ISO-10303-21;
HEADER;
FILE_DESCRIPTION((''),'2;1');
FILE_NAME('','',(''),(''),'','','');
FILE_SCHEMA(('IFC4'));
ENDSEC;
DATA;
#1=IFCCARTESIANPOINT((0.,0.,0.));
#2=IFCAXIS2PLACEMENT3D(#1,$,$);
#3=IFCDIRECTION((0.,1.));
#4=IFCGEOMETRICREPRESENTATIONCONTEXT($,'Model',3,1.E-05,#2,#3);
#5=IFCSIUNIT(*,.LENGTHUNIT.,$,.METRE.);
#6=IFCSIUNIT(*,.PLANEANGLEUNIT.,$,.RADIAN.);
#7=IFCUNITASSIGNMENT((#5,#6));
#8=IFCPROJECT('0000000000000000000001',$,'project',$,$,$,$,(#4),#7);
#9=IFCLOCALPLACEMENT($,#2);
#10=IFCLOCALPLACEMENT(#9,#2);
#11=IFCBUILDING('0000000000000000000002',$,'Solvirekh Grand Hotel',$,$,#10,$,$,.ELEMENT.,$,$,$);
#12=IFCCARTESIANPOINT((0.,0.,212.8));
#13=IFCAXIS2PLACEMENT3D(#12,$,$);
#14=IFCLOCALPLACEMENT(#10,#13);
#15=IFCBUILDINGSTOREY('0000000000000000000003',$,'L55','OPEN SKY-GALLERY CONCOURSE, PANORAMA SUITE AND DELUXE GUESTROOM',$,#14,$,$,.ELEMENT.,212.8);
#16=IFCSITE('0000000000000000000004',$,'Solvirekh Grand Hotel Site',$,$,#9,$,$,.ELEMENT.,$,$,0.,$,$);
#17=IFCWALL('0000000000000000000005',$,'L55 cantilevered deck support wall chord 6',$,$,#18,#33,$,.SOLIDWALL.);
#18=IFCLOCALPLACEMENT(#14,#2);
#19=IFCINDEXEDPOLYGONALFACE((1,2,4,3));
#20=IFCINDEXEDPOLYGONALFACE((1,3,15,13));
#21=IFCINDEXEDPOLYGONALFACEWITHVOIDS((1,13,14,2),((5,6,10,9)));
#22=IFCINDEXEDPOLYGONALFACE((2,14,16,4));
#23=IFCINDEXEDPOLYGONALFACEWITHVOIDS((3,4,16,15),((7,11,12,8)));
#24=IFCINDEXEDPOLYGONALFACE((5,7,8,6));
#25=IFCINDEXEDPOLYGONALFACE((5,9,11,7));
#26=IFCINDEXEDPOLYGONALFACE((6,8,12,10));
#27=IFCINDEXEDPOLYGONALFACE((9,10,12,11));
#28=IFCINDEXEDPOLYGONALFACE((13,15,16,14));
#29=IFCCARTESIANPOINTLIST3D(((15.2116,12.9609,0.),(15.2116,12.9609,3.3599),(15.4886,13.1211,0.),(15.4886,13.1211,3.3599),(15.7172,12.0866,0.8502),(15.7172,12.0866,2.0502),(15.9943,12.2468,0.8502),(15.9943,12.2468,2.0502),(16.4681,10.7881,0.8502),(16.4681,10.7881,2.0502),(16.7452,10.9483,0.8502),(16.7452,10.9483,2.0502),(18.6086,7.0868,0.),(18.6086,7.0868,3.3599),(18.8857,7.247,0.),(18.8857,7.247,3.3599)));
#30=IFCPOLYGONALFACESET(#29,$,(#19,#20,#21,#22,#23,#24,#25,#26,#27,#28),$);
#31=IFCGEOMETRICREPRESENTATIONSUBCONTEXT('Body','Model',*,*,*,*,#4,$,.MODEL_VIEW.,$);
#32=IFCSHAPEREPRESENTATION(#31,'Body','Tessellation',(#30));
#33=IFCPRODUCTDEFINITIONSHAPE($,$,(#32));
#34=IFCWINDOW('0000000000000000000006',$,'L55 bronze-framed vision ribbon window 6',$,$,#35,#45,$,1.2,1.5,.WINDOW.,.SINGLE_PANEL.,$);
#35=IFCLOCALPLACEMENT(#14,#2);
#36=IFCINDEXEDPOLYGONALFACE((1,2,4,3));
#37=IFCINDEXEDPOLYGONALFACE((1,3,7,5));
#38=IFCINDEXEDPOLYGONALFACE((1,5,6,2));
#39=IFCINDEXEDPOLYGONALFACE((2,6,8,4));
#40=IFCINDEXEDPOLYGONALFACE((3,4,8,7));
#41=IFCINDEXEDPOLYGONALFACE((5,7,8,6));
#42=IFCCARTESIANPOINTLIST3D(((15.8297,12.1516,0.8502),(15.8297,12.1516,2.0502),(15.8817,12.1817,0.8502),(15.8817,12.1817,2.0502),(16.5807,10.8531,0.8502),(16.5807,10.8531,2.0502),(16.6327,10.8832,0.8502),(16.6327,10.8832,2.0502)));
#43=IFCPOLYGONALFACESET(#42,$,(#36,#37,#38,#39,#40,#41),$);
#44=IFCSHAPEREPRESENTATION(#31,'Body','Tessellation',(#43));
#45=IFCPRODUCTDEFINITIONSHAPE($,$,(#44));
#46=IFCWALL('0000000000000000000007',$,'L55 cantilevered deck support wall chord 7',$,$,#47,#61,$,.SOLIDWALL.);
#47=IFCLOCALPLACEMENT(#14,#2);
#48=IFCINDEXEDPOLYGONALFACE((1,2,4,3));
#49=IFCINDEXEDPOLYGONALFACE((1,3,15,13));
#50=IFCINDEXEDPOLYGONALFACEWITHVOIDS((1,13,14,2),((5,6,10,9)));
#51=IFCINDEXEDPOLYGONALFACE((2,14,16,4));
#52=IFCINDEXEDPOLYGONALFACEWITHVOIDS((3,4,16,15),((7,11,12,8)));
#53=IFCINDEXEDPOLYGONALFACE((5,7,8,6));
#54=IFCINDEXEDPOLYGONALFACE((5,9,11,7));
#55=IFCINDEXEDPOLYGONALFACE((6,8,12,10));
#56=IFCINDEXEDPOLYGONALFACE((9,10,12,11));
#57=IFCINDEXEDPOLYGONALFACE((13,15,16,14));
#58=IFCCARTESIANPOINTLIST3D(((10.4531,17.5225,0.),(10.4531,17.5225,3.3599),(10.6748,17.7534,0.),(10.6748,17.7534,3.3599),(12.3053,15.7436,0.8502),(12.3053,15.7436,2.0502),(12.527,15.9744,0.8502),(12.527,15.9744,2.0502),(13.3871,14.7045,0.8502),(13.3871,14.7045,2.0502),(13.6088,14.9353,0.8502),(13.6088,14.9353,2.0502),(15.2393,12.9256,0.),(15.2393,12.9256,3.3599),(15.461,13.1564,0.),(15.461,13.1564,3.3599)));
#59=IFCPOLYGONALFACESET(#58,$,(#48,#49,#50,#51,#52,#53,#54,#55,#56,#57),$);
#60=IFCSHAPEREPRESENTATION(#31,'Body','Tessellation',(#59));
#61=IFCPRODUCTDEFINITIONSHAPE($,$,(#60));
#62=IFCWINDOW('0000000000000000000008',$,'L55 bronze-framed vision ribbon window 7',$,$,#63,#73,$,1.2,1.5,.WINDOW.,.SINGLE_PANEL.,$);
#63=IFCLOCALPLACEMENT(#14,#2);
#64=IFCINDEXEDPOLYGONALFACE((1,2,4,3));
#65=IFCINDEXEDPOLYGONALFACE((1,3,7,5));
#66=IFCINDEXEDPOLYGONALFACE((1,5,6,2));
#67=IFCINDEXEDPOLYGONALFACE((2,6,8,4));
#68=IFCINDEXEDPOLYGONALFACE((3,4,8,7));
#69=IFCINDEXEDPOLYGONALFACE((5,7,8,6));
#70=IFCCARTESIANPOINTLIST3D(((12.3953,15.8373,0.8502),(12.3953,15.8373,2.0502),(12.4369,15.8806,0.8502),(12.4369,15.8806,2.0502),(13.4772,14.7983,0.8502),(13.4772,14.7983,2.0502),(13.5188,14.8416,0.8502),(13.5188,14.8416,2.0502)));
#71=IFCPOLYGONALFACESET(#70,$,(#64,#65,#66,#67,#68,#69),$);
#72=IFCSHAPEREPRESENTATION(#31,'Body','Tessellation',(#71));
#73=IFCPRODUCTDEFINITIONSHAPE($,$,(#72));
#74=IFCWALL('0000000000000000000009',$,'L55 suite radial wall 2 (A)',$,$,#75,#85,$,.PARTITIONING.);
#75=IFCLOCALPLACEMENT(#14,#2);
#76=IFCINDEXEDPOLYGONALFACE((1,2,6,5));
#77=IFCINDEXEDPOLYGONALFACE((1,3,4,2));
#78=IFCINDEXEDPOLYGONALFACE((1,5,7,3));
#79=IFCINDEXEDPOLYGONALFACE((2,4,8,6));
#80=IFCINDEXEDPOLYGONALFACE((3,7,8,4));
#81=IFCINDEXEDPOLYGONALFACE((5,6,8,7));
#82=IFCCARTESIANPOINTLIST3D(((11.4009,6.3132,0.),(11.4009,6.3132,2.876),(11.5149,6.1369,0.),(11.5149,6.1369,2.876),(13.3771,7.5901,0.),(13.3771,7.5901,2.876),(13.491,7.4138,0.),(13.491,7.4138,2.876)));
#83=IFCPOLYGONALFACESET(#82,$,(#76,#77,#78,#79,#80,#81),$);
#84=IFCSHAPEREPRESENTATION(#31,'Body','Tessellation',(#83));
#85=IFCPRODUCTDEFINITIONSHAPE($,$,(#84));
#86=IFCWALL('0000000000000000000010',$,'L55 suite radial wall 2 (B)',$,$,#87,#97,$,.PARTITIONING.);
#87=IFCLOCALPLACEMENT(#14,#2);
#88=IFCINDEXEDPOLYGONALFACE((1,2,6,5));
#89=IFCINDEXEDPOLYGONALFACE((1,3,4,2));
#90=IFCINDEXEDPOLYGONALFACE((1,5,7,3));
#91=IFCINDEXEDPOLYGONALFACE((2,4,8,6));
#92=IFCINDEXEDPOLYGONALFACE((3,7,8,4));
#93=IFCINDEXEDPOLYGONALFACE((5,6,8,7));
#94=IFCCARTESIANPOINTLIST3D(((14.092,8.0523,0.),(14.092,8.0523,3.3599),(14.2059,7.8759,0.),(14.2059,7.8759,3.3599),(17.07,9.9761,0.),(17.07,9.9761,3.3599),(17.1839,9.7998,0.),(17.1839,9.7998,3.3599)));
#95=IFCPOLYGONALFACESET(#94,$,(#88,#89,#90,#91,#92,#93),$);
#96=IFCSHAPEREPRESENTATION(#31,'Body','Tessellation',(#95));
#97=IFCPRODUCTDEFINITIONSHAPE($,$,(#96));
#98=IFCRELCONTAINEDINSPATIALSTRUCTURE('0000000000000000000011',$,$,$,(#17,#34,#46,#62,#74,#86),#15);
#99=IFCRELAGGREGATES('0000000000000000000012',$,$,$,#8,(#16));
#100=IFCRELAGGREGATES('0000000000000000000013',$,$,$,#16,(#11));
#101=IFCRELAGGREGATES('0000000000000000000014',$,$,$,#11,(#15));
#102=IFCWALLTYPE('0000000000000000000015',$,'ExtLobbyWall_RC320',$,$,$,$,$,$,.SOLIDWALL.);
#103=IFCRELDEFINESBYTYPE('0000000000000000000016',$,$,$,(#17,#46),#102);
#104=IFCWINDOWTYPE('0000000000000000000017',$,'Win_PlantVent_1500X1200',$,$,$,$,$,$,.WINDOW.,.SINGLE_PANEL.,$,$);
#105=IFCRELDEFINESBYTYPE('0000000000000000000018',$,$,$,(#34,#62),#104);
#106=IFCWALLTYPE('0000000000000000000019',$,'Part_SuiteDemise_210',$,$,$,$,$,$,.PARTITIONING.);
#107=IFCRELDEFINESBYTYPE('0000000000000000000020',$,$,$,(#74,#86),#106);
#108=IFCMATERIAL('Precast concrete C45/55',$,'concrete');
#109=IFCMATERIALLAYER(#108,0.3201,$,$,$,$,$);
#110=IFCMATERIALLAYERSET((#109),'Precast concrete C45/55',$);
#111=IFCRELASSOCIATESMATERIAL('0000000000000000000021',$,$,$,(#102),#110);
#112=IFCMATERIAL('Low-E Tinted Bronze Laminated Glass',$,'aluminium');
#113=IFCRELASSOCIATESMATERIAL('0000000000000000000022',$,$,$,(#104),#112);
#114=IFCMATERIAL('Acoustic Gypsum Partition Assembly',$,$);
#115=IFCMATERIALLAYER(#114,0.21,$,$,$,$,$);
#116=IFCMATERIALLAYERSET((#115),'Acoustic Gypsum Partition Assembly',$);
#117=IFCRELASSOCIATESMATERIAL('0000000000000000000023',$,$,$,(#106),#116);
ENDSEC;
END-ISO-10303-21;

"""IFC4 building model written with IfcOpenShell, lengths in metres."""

from ifc_helpers import new_model, si_unit, direction, frame, frame_2d, origin, place, context, subcontext, project, spatial, rectangle, extrude, material, layer, layer_set, type_object, element, fill, save


model = new_model("IFC4")

# Units and contexts
model_context = context("Model", 3, precision=1e-05, world=origin(), true_north=direction((0.0, 1.0)))
body_context = subcontext(model_context, "Body", "Model", "MODEL_VIEW")
ifc_project = project(units=[si_unit("LENGTHUNIT", "METRE"), si_unit("PLANEANGLEUNIT", "RADIAN")], contexts=[model_context])

# Site, building, storey
site_placement = place(None, origin())
site = spatial("IfcSite", under=ifc_project, at=site_placement, Name="Solvirekh Grand Hotel Site", CompositionType="ELEMENT", RefElevation=0.0)
building_placement = place(site_placement, origin())
building = spatial("IfcBuilding", under=site, at=building_placement, Name="Solvirekh Grand Hotel", CompositionType="ELEMENT")
storey_placement = place(building_placement, frame((0.0, 0.0, 212.8)))
storey = spatial("IfcBuildingStorey", under=building, at=storey_placement, Name="L55", Description="OPEN SKY-GALLERY CONCOURSE, PANORAMA SUITE AND DELUXE GUESTROOM", CompositionType="ELEMENT", Elevation=212.8)

# Shared definitions
ifc_material_1 = material(Name="Low-E Tinted Bronze Laminated Glass", Category="aluminium")

# Walls, openings, windows
ifc_material_2 = material(Name="Precast concrete C45/55", Category="concrete")
ifc_layer_1 = layer(ifc_material_2, 0.3201)
ifc_layer_set_1 = layer_set([ifc_layer_1], Name="Precast concrete C45/55")
wall_type_1 = type_object("IfcWallType", Name="ExtLobbyWall_RC320", PredefinedType="SOLIDWALL", material=ifc_layer_set_1)
window_type = type_object("IfcWindowType", Name="Win_PlantVent_1500X1200", PartitioningType="SINGLE_PANEL", PredefinedType="WINDOW", material=ifc_material_1)
wall_1_placement = place(storey_placement, frame((15.3501, 13.041, 0.0), z_axis=(0.0, 0.0, 1.0), x_axis=(0.500619, -0.865668, 0.0)))
wall_1 = element("IfcWall", 1, at=wall_1_placement, inside=storey, type_object=wall_type_1, Name="L55 cantilevered deck support wall chord 6", PredefinedType="SOLIDWALL", context=body_context, shape_type="SweptSolid", body=[
    extrude(rectangle(XDim=6.7856, YDim=0.3201, at=frame_2d((3.3928, 0.0))), origin(), (0.0, 0.0, 1.0), 3.3599),
])
opening_1_placement = place(wall_1_placement, frame((1.01, 0.0, 0.8501)))
opening_1 = element("IfcOpeningElement", 2, at=opening_1_placement, cuts=wall_1, PredefinedType="OPENING", context=body_context, shape_type="SweptSolid", body=[
    extrude(rectangle(XDim=1.5, YDim=1.2, at=frame_2d((0.75, 0.6001))), frame((0.0, 0.1699, 0.0), z_axis=(0.0, -1.0, 0.0), x_axis=(1.0, 0.0, 0.0)), (0.0, 0.0, 1.0), 0.3401),
])
window_1_placement = place(opening_1_placement, origin())
window_1 = element("IfcWindow", 3, at=window_1_placement, inside=storey, type_object=window_type, Name="L55 bronze-framed vision ribbon window 6", OverallHeight=1.2, OverallWidth=1.5, PartitioningType="SINGLE_PANEL", PredefinedType="WINDOW", context=body_context, shape_type="SweptSolid", body=[
    extrude(rectangle(XDim=1.5, YDim=1.2, at=frame_2d((0.75, 0.6001))), frame((0.0, 0.03, 0.0), z_axis=(0.0, -1.0, 0.0), x_axis=(1.0, 0.0, 0.0)), (0.0, 0.0, 1.0), 0.0601),
])
fill(opening_1, window_1)
wall_2_placement = place(storey_placement, frame((10.564, 17.6379, 0.0), z_axis=(0.0, 0.0, 1.0), x_axis=(0.721219, -0.692707, 0.0)))
wall_2 = element("IfcWall", 4, at=wall_2_placement, inside=storey, type_object=wall_type_1, Name="L55 cantilevered deck support wall chord 7", PredefinedType="SOLIDWALL", context=body_context, shape_type="SweptSolid", body=[
    extrude(rectangle(XDim=6.6362, YDim=0.3201, at=frame_2d((3.3181, 0.0))), origin(), (0.0, 0.0, 1.0), 3.3599),
])
opening_2_placement = place(wall_2_placement, frame((2.5681, 0.0, 0.8501)))
opening_2 = element("IfcOpeningElement", 5, at=opening_2_placement, cuts=wall_2, PredefinedType="OPENING", context=body_context, shape_type="SweptSolid", body=[
    extrude(rectangle(XDim=1.5, YDim=1.2, at=frame_2d((0.75, 0.6001))), frame((0.0, 0.1699, 0.0), z_axis=(0.0, -1.0, 0.0), x_axis=(1.0, 0.0, 0.0)), (0.0, 0.0, 1.0), 0.3401),
])
window_2_placement = place(opening_2_placement, origin())
window_2 = element("IfcWindow", 6, at=window_2_placement, inside=storey, type_object=window_type, Name="L55 bronze-framed vision ribbon window 7", OverallHeight=1.2, OverallWidth=1.5, PartitioningType="SINGLE_PANEL", PredefinedType="WINDOW", context=body_context, shape_type="SweptSolid", body=[
    extrude(rectangle(XDim=1.5, YDim=1.2, at=frame_2d((0.75, 0.6001))), frame((0.0, 0.03, 0.0), z_axis=(0.0, -1.0, 0.0), x_axis=(1.0, 0.0, 0.0)), (0.0, 0.0, 1.0), 0.0601),
])
fill(opening_2, window_2)

# Walls
ifc_material_3 = material(Name="Acoustic Gypsum Partition Assembly")
ifc_layer_2 = layer(ifc_material_3, 0.21)
ifc_layer_set_2 = layer_set([ifc_layer_2], Name="Acoustic Gypsum Partition Assembly")
wall_type_2 = type_object("IfcWallType", Name="Part_SuiteDemise_210", PredefinedType="PARTITIONING", material=ifc_layer_set_2)
wall_3_placement = place(storey_placement, frame((11.458, 6.2251, 0.0), z_axis=(0.0, 0.0, 1.0), x_axis=(0.839915, 0.542718, 0.0)))
element("IfcWall", 7, at=wall_3_placement, inside=storey, type_object=wall_type_2, Name="L55 suite radial wall 2 (A)", PredefinedType="PARTITIONING", context=body_context, shape_type="SweptSolid", body=[
    extrude(rectangle(XDim=2.3528, YDim=0.21, at=frame_2d((1.1763, 0.0))), origin(), (0.0, 0.0, 1.0), 2.876),
])
wall_4_placement = place(storey_placement, frame((14.1489, 7.9641, 0.0), z_axis=(0.0, 0.0, 1.0), x_axis=(0.839973, 0.542629, 0.0)))
element("IfcWall", 8, at=wall_4_placement, inside=storey, type_object=wall_type_2, Name="L55 suite radial wall 2 (B)", PredefinedType="PARTITIONING", context=body_context, shape_type="SweptSolid", body=[
    extrude(rectangle(XDim=3.5454, YDim=0.21, at=frame_2d((1.7727, 0.0))), origin(), (0.0, 0.0, 1.0), 3.3599),
])

save(model, "model.ifc")
